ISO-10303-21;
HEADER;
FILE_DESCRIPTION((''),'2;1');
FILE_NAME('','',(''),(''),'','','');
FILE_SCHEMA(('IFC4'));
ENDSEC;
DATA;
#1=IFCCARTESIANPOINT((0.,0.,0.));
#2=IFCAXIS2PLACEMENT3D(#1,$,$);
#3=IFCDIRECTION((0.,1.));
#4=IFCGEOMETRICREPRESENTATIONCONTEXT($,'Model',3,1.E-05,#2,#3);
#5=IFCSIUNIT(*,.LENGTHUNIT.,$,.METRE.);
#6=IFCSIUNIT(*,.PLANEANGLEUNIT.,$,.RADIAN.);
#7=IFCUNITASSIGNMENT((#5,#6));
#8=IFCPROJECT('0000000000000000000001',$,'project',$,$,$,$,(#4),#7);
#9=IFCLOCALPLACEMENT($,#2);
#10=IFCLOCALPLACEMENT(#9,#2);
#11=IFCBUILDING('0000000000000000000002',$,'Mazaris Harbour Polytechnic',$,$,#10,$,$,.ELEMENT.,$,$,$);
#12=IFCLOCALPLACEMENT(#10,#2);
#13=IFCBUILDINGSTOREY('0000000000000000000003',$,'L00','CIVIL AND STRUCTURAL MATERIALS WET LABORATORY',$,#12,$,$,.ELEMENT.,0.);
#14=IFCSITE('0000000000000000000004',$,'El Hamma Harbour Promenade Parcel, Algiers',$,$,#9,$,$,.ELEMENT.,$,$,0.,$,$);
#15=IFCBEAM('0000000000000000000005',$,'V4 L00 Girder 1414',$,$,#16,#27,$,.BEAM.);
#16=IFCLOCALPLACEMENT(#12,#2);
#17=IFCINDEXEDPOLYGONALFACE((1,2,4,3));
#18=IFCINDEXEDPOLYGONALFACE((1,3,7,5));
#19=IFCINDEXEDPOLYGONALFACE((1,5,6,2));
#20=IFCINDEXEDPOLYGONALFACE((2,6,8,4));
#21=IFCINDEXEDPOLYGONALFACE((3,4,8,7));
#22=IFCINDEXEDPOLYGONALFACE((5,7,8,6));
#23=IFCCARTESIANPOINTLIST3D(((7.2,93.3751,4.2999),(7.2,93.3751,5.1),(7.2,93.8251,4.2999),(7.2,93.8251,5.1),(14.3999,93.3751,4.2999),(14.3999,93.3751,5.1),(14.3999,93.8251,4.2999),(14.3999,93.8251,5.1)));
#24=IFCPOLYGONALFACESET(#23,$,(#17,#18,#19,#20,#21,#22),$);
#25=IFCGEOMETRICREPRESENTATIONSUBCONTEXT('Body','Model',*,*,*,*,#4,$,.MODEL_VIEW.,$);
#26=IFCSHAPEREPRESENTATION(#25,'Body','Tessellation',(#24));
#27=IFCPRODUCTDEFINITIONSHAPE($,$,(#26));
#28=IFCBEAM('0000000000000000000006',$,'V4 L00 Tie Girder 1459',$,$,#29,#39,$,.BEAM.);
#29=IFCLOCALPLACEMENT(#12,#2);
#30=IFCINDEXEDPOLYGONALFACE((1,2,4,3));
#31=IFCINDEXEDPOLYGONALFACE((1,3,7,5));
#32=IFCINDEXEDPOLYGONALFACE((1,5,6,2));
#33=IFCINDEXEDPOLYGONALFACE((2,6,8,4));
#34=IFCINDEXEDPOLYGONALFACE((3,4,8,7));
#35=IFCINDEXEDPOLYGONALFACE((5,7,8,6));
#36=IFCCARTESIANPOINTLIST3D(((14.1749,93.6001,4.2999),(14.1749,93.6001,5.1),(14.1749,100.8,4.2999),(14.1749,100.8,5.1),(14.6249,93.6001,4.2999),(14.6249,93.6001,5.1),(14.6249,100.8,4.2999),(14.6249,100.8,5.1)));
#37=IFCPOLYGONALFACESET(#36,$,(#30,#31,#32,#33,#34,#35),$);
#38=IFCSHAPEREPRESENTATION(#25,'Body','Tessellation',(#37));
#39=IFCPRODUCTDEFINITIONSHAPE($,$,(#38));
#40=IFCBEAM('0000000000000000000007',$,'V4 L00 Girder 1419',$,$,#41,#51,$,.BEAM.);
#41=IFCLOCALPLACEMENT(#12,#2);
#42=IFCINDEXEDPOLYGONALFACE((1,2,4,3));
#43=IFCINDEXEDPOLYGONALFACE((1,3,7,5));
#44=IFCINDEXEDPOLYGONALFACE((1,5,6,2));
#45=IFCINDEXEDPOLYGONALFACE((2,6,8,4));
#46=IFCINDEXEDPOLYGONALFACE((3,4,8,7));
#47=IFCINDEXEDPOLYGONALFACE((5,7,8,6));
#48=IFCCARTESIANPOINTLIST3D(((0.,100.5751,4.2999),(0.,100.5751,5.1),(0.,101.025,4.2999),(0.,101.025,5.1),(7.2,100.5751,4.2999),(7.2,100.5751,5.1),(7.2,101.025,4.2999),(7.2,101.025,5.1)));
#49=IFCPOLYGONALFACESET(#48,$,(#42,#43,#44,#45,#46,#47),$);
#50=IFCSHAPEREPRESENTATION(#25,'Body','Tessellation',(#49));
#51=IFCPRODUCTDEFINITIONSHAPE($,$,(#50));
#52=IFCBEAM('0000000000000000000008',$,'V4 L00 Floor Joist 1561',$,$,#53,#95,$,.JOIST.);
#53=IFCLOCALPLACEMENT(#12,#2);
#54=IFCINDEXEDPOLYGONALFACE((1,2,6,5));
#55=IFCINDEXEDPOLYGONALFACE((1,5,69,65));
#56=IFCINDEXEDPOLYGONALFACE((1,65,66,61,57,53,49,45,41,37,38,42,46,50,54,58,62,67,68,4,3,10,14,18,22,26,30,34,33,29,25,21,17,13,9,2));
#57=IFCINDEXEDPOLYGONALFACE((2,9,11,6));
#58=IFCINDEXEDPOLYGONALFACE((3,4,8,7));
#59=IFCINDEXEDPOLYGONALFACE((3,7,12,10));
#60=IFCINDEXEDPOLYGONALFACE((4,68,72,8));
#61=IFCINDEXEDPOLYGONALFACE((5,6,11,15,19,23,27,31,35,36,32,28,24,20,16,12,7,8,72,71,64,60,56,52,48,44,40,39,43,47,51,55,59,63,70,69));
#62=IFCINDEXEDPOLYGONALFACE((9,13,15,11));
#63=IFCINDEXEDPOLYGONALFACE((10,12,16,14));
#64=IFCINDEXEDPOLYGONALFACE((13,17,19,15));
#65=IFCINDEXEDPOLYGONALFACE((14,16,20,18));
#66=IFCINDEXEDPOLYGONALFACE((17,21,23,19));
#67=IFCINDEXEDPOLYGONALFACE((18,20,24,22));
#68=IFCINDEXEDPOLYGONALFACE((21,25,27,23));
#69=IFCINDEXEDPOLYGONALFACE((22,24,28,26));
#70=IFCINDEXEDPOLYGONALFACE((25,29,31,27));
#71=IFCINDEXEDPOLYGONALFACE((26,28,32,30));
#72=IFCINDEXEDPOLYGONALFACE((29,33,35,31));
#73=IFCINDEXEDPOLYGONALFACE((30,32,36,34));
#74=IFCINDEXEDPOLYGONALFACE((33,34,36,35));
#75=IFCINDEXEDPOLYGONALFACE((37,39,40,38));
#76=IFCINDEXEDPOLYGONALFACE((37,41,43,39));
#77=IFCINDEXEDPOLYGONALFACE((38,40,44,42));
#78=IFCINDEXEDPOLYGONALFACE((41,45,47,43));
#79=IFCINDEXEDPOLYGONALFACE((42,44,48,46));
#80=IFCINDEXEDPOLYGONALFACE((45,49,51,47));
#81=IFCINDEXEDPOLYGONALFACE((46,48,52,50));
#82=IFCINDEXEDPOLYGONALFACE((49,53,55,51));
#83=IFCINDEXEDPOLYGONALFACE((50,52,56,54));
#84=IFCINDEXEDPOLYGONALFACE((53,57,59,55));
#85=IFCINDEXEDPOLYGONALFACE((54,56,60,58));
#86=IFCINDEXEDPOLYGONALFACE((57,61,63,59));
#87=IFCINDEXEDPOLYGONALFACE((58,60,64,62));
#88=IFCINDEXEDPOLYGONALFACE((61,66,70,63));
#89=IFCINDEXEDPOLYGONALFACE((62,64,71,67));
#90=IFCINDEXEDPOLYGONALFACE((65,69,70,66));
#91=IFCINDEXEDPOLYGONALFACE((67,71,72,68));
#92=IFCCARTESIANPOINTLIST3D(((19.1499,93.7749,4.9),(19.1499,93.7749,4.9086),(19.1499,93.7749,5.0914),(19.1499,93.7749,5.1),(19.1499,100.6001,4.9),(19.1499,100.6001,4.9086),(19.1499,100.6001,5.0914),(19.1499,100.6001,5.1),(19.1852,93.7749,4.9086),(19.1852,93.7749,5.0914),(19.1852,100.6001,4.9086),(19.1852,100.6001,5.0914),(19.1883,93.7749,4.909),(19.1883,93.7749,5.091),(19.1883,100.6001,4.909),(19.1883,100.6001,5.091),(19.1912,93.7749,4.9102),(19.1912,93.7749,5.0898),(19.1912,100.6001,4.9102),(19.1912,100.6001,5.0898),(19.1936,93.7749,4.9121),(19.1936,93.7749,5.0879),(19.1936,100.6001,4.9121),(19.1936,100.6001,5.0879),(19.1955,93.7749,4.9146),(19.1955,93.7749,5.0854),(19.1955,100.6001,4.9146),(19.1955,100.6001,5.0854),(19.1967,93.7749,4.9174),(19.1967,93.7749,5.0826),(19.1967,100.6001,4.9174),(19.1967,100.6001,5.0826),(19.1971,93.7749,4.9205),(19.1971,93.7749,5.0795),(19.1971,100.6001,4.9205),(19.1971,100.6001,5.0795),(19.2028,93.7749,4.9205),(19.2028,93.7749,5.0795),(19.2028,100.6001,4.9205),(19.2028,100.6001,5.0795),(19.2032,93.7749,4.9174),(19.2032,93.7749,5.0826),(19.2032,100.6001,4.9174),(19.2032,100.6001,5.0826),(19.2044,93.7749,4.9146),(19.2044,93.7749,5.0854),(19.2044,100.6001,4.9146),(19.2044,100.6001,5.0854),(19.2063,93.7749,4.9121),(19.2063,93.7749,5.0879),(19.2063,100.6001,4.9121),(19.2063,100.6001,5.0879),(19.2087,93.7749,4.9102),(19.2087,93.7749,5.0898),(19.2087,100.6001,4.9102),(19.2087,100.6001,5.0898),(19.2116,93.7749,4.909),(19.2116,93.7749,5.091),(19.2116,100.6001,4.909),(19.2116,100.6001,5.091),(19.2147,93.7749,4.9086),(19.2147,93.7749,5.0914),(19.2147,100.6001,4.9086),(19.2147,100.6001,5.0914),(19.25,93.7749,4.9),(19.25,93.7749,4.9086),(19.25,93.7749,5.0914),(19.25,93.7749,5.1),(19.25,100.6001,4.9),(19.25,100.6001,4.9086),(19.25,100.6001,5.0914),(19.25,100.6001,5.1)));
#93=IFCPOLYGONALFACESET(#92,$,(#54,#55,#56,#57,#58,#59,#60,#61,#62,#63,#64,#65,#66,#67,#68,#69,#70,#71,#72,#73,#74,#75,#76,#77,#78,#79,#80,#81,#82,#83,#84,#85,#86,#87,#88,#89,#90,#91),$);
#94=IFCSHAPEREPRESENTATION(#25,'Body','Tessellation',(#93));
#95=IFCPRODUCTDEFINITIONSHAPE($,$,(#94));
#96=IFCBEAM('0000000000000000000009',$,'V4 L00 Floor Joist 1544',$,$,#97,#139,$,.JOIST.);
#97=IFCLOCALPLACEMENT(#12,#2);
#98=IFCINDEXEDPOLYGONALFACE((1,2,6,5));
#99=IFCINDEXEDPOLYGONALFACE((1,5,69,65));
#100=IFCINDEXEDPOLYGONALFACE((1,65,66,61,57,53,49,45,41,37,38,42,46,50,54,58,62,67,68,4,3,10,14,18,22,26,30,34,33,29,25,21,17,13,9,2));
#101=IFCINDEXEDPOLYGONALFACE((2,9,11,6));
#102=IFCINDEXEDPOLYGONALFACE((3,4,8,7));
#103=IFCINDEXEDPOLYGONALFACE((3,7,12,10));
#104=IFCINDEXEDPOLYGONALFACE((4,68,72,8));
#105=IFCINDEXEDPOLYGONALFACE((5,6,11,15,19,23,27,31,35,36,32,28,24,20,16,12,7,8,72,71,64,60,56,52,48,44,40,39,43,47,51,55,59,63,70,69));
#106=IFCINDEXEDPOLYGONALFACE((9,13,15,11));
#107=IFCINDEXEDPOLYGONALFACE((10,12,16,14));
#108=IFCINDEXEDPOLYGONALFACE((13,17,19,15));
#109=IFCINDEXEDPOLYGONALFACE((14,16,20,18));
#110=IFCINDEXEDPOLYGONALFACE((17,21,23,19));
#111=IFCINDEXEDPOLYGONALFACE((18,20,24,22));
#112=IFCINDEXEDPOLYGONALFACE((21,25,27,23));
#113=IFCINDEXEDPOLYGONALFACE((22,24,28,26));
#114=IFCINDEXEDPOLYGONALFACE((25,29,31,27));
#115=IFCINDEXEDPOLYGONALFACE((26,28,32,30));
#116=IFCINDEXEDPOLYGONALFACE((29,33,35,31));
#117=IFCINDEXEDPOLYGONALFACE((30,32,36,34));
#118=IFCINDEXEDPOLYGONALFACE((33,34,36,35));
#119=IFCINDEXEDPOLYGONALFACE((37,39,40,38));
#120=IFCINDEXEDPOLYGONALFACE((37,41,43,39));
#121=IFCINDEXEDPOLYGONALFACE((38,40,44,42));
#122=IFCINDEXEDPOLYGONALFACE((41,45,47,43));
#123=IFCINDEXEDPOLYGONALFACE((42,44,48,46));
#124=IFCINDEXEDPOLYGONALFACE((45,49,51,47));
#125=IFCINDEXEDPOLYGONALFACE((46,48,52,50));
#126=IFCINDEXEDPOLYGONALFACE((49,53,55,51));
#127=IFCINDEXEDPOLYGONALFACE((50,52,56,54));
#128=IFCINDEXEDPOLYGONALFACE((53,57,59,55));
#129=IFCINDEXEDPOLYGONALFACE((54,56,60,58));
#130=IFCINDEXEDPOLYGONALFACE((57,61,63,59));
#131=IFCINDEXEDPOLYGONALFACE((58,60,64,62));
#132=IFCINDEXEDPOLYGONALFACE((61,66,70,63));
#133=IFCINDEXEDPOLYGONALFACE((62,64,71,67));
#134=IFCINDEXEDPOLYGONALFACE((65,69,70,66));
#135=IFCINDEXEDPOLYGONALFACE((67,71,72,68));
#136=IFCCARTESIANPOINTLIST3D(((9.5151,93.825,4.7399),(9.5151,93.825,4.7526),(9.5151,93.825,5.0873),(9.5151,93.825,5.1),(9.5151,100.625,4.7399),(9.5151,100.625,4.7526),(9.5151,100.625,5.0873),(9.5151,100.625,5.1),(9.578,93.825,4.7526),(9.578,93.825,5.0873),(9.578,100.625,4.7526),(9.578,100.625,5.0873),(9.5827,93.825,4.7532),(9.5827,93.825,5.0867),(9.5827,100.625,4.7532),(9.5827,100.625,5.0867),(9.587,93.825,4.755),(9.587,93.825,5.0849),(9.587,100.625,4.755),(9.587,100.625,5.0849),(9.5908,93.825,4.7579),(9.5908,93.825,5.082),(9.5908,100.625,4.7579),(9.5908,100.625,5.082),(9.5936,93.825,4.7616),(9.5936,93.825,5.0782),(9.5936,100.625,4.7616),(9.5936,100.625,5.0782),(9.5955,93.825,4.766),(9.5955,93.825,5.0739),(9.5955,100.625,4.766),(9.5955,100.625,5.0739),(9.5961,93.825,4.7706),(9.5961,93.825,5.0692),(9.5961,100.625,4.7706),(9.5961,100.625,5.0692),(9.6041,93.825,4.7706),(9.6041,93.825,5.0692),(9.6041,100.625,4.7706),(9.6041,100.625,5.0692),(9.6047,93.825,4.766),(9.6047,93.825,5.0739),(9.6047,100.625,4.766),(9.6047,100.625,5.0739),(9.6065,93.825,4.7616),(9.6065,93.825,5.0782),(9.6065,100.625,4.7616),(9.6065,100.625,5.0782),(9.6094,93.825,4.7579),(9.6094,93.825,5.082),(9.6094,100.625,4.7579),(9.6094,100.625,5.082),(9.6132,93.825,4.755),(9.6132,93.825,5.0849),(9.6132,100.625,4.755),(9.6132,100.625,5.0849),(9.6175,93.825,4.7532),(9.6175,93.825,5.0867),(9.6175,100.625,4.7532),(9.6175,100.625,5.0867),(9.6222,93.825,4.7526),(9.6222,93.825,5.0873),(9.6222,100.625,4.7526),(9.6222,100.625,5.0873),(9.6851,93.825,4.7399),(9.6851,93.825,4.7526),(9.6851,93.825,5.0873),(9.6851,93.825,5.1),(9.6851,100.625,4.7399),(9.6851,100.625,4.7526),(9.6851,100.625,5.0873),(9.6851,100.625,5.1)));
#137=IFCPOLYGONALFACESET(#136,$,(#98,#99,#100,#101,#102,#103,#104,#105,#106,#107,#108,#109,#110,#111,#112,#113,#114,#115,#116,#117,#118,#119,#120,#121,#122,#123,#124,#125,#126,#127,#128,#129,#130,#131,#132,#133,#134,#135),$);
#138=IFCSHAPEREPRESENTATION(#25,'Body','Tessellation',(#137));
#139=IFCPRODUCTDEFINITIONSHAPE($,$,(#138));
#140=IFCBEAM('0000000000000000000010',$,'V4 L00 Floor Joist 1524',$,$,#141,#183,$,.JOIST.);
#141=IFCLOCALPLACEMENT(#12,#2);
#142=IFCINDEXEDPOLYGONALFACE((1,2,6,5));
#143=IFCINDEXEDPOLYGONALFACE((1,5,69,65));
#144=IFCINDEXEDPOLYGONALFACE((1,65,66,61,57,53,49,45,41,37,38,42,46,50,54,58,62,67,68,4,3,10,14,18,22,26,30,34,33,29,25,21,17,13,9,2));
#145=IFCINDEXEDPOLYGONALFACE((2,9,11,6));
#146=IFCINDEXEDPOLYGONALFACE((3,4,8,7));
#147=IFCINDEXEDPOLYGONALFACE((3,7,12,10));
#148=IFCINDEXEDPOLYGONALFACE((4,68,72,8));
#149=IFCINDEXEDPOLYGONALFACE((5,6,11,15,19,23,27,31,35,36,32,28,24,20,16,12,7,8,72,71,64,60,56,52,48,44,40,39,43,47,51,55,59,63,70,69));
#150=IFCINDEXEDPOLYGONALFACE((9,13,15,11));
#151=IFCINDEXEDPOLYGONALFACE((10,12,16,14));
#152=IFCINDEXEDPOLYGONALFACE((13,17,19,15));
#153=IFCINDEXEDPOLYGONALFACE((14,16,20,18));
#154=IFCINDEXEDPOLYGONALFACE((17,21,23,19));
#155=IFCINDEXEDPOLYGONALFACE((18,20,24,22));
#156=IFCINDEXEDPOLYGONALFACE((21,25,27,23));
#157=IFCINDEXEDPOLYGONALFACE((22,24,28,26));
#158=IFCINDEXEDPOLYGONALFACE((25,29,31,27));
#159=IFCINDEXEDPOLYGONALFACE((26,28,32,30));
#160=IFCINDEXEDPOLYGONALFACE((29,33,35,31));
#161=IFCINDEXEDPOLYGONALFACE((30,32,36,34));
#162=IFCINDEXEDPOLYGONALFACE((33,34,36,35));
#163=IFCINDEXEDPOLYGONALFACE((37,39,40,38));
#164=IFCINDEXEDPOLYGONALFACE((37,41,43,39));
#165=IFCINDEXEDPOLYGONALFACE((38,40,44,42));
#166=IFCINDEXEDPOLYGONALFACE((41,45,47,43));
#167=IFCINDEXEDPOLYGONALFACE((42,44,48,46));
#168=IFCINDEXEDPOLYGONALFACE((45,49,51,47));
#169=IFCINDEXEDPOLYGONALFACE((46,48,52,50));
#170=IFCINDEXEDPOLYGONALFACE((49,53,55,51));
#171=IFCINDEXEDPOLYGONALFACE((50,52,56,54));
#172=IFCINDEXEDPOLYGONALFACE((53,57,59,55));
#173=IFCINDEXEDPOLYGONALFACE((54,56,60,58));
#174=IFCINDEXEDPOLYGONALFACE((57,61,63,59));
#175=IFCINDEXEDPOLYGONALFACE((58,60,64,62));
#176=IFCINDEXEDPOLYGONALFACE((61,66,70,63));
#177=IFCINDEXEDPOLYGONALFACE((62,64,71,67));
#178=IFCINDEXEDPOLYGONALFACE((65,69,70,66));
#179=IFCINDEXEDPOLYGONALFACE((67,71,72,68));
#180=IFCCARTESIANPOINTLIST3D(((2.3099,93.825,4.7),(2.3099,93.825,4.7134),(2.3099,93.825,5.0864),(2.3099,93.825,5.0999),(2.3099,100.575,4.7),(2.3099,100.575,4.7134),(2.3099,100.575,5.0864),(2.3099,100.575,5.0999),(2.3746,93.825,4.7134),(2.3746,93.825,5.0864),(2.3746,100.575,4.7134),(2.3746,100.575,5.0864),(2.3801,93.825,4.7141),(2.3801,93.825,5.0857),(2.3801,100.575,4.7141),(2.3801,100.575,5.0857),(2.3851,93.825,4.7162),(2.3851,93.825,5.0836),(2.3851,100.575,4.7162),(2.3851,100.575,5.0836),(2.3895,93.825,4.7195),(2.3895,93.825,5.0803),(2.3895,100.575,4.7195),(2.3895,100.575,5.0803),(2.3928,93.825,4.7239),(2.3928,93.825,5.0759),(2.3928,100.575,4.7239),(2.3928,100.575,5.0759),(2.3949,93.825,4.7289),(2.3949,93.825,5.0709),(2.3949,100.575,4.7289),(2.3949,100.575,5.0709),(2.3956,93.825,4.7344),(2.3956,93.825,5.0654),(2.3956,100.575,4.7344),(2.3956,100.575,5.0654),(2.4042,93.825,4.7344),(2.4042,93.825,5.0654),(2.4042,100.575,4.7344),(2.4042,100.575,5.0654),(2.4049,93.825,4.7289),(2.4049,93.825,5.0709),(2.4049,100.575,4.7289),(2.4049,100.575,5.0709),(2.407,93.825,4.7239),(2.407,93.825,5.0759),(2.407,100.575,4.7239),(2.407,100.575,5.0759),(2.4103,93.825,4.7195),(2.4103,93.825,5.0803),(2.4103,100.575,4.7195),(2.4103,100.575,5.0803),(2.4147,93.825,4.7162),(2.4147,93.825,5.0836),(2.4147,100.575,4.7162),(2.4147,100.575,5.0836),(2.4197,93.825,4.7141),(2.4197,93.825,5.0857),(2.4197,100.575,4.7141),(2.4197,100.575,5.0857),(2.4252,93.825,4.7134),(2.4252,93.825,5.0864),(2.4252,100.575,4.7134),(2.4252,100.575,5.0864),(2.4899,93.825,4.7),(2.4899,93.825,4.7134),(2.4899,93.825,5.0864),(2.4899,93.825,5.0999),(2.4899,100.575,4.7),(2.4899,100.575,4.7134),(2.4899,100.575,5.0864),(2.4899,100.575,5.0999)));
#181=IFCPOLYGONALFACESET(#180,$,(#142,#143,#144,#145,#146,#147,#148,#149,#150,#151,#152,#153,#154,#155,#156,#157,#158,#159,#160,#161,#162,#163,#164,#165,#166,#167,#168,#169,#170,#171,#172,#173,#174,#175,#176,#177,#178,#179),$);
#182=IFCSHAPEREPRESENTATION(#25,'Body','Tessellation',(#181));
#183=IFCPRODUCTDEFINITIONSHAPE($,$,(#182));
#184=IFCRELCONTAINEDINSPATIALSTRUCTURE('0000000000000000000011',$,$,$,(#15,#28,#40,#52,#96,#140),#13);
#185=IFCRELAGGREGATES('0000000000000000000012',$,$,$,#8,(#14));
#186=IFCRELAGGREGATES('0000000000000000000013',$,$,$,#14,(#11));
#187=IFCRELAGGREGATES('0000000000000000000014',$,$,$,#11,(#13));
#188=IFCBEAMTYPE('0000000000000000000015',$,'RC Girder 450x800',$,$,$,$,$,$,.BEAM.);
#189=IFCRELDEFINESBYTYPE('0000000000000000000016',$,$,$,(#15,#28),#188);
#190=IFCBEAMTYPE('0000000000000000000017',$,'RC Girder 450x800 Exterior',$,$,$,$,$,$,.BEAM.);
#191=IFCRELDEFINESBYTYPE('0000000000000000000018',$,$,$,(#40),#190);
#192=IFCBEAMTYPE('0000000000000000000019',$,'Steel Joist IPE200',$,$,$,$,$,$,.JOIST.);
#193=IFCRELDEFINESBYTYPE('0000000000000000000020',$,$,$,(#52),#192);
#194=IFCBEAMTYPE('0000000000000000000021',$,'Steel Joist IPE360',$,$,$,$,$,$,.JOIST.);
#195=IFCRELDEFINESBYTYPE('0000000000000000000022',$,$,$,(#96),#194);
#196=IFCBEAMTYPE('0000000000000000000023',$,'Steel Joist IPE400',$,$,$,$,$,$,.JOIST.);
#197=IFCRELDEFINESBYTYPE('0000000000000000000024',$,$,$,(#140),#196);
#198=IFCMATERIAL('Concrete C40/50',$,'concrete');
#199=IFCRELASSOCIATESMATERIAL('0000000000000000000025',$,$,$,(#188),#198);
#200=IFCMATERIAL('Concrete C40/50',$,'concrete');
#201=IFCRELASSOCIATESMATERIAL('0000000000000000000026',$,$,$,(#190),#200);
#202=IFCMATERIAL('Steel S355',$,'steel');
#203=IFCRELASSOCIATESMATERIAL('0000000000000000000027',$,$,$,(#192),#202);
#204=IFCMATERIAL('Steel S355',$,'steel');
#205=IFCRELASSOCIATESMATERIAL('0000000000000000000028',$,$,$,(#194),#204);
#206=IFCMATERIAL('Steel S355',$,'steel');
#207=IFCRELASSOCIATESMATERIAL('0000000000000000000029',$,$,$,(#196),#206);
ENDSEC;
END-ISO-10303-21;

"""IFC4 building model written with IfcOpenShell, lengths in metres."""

from ifc_helpers import new_model, si_unit, direction, frame, origin, origin_2d, place, context, subcontext, project, spatial, rectangle, i_section, extrude, material, material_profile, profile_set, type_object, element, save


model = new_model("IFC4")

# Units and contexts
model_context = context("Model", 3, precision=1e-05, world=origin(), true_north=direction((0.0, 1.0)))
body_context = subcontext(model_context, "Body", "Model", "MODEL_VIEW")
ifc_project = project(units=[si_unit("LENGTHUNIT", "METRE"), si_unit("PLANEANGLEUNIT", "RADIAN")], contexts=[model_context])

# Site, building, storey
site_placement = place(None, origin())
site = spatial("IfcSite", under=ifc_project, at=site_placement, Name="El Hamma Harbour Promenade Parcel, Algiers", CompositionType="ELEMENT", RefElevation=0.0)
building_placement = place(site_placement, origin())
building = spatial("IfcBuilding", under=site, at=building_placement, Name="Mazaris Harbour Polytechnic", CompositionType="ELEMENT")
storey_placement = place(building_placement, origin())
storey = spatial("IfcBuildingStorey", under=building, at=storey_placement, Name="L00", Description="CIVIL AND STRUCTURAL MATERIALS WET LABORATORY", CompositionType="ELEMENT", Elevation=0.0)

# Beams
ifc_material_1 = material(Name="Concrete C40/50", Category="concrete")
ifc_material_profile_1 = material_profile(ifc_material_1, rectangle(XDim=0.45, YDim=0.8, at=origin_2d()), Name="RECT450x800")
ifc_profile_set_1 = profile_set([ifc_material_profile_1], Name="Concrete C40/50")
beam_type_1 = type_object("IfcBeamType", Name="RC Girder 450x800", PredefinedType="BEAM", material=ifc_profile_set_1)
for number, where, z_axis, x_axis, name in (
    (1, (7.2, 93.6001, 4.7), (1.0, 0.0, 0.0), (0.0, 1.0, 0.0), "V4 L00 Girder 1414"),
    (2, (14.3999, 93.6001, 4.7), (0.0, 1.0, 0.0), (-1.0, 0.0, 0.0), "V4 L00 Tie Girder 1459"),
):
    element("IfcBeam", number, at=place(storey_placement, frame(where, z_axis=z_axis, x_axis=x_axis)), inside=storey, type_object=beam_type_1, Name=name, PredefinedType="BEAM", context=body_context, shape_type="SweptSolid", body=[
        extrude(rectangle(XDim=0.45, YDim=0.8, at=origin_2d()), origin(), (0.0, 0.0, 1.0), 7.2),
    ])
ifc_material_2 = material(Name="Concrete C40/50", Category="concrete")
ifc_material_profile_2 = material_profile(ifc_material_2, rectangle(XDim=0.45, YDim=0.8, at=origin_2d()), Name="RECT450x800")
ifc_profile_set_2 = profile_set([ifc_material_profile_2], Name="Concrete C40/50")
beam_type_2 = type_object("IfcBeamType", Name="RC Girder 450x800 Exterior", PredefinedType="BEAM", material=ifc_profile_set_2)
beam_1_placement = place(storey_placement, frame((0.0, 100.8, 4.7), z_axis=(1.0, 0.0, 0.0), x_axis=(0.0, 1.0, 0.0)))
element("IfcBeam", 3, at=beam_1_placement, inside=storey, type_object=beam_type_2, Name="V4 L00 Girder 1419", PredefinedType="BEAM", context=body_context, shape_type="SweptSolid", body=[
    extrude(rectangle(XDim=0.45, YDim=0.8, at=origin_2d()), origin(), (0.0, 0.0, 1.0), 7.2),
])
ifc_material_3 = material(Name="Steel S355", Category="steel")
ifc_material_profile_3 = material_profile(ifc_material_3, i_section(OverallWidth=0.1001, OverallDepth=0.2, WebThickness=0.0056, FlangeThickness=0.0085, FilletRadius=0.012, at=origin_2d()), Name="IPE 200")
ifc_profile_set_3 = profile_set([ifc_material_profile_3], Name="Steel S355")
beam_type_3 = type_object("IfcBeamType", Name="Steel Joist IPE200", PredefinedType="JOIST", material=ifc_profile_set_3)
beam_2_placement = place(storey_placement, frame((19.2, 93.7749, 5.0), z_axis=(0.0, 1.0, 0.0), x_axis=(-1.0, 0.0, 0.0)))
element("IfcBeam", 4, at=beam_2_placement, inside=storey, type_object=beam_type_3, Name="V4 L00 Floor Joist 1561", PredefinedType="JOIST", context=body_context, shape_type="SweptSolid", body=[
    extrude(i_section(OverallWidth=0.1001, OverallDepth=0.2, WebThickness=0.0056, FlangeThickness=0.0085, FilletRadius=0.012, at=origin_2d()), origin(), (0.0, 0.0, 1.0), 6.8252),
])
ifc_material_4 = material(Name="Steel S355", Category="steel")
ifc_material_profile_4 = material_profile(ifc_material_4, i_section(OverallWidth=0.1699, OverallDepth=0.3601, WebThickness=0.0081, FlangeThickness=0.0127, FilletRadius=0.0181, at=origin_2d()), Name="IPE 360")
ifc_profile_set_4 = profile_set([ifc_material_profile_4], Name="Steel S355")
beam_type_4 = type_object("IfcBeamType", Name="Steel Joist IPE360", PredefinedType="JOIST", material=ifc_profile_set_4)
beam_3_placement = place(storey_placement, frame((9.6001, 93.825, 4.9199), z_axis=(0.0, 1.0, 0.0), x_axis=(-1.0, 0.0, 0.0)))
element("IfcBeam", 5, at=beam_3_placement, inside=storey, type_object=beam_type_4, Name="V4 L00 Floor Joist 1544", PredefinedType="JOIST", context=body_context, shape_type="SweptSolid", body=[
    extrude(i_section(OverallWidth=0.1699, OverallDepth=0.3601, WebThickness=0.0081, FlangeThickness=0.0127, FilletRadius=0.0181, at=origin_2d()), origin(), (0.0, 0.0, 1.0), 6.8),
])
ifc_material_5 = material(Name="Steel S355", Category="steel")
ifc_material_profile_5 = material_profile(ifc_material_5, i_section(OverallWidth=0.1799, OverallDepth=0.3999, WebThickness=0.0085, FlangeThickness=0.0134, FilletRadius=0.021, at=origin_2d()), Name="IPE 400")
ifc_profile_set_5 = profile_set([ifc_material_profile_5], Name="Steel S355")
beam_type_5 = type_object("IfcBeamType", Name="Steel Joist IPE400", PredefinedType="JOIST", material=ifc_profile_set_5)
beam_4_placement = place(storey_placement, frame((2.3999, 93.825, 4.8999), z_axis=(0.0, 1.0, 0.0), x_axis=(-1.0, 0.0, 0.0)))
element("IfcBeam", 6, at=beam_4_placement, inside=storey, type_object=beam_type_5, Name="V4 L00 Floor Joist 1524", PredefinedType="JOIST", context=body_context, shape_type="SweptSolid", body=[
    extrude(i_section(OverallWidth=0.1799, OverallDepth=0.3999, WebThickness=0.0085, FlangeThickness=0.0134, FilletRadius=0.021, at=origin_2d()), origin(), (0.0, 0.0, 1.0), 6.75),
])

save(model, "model.ifc")
